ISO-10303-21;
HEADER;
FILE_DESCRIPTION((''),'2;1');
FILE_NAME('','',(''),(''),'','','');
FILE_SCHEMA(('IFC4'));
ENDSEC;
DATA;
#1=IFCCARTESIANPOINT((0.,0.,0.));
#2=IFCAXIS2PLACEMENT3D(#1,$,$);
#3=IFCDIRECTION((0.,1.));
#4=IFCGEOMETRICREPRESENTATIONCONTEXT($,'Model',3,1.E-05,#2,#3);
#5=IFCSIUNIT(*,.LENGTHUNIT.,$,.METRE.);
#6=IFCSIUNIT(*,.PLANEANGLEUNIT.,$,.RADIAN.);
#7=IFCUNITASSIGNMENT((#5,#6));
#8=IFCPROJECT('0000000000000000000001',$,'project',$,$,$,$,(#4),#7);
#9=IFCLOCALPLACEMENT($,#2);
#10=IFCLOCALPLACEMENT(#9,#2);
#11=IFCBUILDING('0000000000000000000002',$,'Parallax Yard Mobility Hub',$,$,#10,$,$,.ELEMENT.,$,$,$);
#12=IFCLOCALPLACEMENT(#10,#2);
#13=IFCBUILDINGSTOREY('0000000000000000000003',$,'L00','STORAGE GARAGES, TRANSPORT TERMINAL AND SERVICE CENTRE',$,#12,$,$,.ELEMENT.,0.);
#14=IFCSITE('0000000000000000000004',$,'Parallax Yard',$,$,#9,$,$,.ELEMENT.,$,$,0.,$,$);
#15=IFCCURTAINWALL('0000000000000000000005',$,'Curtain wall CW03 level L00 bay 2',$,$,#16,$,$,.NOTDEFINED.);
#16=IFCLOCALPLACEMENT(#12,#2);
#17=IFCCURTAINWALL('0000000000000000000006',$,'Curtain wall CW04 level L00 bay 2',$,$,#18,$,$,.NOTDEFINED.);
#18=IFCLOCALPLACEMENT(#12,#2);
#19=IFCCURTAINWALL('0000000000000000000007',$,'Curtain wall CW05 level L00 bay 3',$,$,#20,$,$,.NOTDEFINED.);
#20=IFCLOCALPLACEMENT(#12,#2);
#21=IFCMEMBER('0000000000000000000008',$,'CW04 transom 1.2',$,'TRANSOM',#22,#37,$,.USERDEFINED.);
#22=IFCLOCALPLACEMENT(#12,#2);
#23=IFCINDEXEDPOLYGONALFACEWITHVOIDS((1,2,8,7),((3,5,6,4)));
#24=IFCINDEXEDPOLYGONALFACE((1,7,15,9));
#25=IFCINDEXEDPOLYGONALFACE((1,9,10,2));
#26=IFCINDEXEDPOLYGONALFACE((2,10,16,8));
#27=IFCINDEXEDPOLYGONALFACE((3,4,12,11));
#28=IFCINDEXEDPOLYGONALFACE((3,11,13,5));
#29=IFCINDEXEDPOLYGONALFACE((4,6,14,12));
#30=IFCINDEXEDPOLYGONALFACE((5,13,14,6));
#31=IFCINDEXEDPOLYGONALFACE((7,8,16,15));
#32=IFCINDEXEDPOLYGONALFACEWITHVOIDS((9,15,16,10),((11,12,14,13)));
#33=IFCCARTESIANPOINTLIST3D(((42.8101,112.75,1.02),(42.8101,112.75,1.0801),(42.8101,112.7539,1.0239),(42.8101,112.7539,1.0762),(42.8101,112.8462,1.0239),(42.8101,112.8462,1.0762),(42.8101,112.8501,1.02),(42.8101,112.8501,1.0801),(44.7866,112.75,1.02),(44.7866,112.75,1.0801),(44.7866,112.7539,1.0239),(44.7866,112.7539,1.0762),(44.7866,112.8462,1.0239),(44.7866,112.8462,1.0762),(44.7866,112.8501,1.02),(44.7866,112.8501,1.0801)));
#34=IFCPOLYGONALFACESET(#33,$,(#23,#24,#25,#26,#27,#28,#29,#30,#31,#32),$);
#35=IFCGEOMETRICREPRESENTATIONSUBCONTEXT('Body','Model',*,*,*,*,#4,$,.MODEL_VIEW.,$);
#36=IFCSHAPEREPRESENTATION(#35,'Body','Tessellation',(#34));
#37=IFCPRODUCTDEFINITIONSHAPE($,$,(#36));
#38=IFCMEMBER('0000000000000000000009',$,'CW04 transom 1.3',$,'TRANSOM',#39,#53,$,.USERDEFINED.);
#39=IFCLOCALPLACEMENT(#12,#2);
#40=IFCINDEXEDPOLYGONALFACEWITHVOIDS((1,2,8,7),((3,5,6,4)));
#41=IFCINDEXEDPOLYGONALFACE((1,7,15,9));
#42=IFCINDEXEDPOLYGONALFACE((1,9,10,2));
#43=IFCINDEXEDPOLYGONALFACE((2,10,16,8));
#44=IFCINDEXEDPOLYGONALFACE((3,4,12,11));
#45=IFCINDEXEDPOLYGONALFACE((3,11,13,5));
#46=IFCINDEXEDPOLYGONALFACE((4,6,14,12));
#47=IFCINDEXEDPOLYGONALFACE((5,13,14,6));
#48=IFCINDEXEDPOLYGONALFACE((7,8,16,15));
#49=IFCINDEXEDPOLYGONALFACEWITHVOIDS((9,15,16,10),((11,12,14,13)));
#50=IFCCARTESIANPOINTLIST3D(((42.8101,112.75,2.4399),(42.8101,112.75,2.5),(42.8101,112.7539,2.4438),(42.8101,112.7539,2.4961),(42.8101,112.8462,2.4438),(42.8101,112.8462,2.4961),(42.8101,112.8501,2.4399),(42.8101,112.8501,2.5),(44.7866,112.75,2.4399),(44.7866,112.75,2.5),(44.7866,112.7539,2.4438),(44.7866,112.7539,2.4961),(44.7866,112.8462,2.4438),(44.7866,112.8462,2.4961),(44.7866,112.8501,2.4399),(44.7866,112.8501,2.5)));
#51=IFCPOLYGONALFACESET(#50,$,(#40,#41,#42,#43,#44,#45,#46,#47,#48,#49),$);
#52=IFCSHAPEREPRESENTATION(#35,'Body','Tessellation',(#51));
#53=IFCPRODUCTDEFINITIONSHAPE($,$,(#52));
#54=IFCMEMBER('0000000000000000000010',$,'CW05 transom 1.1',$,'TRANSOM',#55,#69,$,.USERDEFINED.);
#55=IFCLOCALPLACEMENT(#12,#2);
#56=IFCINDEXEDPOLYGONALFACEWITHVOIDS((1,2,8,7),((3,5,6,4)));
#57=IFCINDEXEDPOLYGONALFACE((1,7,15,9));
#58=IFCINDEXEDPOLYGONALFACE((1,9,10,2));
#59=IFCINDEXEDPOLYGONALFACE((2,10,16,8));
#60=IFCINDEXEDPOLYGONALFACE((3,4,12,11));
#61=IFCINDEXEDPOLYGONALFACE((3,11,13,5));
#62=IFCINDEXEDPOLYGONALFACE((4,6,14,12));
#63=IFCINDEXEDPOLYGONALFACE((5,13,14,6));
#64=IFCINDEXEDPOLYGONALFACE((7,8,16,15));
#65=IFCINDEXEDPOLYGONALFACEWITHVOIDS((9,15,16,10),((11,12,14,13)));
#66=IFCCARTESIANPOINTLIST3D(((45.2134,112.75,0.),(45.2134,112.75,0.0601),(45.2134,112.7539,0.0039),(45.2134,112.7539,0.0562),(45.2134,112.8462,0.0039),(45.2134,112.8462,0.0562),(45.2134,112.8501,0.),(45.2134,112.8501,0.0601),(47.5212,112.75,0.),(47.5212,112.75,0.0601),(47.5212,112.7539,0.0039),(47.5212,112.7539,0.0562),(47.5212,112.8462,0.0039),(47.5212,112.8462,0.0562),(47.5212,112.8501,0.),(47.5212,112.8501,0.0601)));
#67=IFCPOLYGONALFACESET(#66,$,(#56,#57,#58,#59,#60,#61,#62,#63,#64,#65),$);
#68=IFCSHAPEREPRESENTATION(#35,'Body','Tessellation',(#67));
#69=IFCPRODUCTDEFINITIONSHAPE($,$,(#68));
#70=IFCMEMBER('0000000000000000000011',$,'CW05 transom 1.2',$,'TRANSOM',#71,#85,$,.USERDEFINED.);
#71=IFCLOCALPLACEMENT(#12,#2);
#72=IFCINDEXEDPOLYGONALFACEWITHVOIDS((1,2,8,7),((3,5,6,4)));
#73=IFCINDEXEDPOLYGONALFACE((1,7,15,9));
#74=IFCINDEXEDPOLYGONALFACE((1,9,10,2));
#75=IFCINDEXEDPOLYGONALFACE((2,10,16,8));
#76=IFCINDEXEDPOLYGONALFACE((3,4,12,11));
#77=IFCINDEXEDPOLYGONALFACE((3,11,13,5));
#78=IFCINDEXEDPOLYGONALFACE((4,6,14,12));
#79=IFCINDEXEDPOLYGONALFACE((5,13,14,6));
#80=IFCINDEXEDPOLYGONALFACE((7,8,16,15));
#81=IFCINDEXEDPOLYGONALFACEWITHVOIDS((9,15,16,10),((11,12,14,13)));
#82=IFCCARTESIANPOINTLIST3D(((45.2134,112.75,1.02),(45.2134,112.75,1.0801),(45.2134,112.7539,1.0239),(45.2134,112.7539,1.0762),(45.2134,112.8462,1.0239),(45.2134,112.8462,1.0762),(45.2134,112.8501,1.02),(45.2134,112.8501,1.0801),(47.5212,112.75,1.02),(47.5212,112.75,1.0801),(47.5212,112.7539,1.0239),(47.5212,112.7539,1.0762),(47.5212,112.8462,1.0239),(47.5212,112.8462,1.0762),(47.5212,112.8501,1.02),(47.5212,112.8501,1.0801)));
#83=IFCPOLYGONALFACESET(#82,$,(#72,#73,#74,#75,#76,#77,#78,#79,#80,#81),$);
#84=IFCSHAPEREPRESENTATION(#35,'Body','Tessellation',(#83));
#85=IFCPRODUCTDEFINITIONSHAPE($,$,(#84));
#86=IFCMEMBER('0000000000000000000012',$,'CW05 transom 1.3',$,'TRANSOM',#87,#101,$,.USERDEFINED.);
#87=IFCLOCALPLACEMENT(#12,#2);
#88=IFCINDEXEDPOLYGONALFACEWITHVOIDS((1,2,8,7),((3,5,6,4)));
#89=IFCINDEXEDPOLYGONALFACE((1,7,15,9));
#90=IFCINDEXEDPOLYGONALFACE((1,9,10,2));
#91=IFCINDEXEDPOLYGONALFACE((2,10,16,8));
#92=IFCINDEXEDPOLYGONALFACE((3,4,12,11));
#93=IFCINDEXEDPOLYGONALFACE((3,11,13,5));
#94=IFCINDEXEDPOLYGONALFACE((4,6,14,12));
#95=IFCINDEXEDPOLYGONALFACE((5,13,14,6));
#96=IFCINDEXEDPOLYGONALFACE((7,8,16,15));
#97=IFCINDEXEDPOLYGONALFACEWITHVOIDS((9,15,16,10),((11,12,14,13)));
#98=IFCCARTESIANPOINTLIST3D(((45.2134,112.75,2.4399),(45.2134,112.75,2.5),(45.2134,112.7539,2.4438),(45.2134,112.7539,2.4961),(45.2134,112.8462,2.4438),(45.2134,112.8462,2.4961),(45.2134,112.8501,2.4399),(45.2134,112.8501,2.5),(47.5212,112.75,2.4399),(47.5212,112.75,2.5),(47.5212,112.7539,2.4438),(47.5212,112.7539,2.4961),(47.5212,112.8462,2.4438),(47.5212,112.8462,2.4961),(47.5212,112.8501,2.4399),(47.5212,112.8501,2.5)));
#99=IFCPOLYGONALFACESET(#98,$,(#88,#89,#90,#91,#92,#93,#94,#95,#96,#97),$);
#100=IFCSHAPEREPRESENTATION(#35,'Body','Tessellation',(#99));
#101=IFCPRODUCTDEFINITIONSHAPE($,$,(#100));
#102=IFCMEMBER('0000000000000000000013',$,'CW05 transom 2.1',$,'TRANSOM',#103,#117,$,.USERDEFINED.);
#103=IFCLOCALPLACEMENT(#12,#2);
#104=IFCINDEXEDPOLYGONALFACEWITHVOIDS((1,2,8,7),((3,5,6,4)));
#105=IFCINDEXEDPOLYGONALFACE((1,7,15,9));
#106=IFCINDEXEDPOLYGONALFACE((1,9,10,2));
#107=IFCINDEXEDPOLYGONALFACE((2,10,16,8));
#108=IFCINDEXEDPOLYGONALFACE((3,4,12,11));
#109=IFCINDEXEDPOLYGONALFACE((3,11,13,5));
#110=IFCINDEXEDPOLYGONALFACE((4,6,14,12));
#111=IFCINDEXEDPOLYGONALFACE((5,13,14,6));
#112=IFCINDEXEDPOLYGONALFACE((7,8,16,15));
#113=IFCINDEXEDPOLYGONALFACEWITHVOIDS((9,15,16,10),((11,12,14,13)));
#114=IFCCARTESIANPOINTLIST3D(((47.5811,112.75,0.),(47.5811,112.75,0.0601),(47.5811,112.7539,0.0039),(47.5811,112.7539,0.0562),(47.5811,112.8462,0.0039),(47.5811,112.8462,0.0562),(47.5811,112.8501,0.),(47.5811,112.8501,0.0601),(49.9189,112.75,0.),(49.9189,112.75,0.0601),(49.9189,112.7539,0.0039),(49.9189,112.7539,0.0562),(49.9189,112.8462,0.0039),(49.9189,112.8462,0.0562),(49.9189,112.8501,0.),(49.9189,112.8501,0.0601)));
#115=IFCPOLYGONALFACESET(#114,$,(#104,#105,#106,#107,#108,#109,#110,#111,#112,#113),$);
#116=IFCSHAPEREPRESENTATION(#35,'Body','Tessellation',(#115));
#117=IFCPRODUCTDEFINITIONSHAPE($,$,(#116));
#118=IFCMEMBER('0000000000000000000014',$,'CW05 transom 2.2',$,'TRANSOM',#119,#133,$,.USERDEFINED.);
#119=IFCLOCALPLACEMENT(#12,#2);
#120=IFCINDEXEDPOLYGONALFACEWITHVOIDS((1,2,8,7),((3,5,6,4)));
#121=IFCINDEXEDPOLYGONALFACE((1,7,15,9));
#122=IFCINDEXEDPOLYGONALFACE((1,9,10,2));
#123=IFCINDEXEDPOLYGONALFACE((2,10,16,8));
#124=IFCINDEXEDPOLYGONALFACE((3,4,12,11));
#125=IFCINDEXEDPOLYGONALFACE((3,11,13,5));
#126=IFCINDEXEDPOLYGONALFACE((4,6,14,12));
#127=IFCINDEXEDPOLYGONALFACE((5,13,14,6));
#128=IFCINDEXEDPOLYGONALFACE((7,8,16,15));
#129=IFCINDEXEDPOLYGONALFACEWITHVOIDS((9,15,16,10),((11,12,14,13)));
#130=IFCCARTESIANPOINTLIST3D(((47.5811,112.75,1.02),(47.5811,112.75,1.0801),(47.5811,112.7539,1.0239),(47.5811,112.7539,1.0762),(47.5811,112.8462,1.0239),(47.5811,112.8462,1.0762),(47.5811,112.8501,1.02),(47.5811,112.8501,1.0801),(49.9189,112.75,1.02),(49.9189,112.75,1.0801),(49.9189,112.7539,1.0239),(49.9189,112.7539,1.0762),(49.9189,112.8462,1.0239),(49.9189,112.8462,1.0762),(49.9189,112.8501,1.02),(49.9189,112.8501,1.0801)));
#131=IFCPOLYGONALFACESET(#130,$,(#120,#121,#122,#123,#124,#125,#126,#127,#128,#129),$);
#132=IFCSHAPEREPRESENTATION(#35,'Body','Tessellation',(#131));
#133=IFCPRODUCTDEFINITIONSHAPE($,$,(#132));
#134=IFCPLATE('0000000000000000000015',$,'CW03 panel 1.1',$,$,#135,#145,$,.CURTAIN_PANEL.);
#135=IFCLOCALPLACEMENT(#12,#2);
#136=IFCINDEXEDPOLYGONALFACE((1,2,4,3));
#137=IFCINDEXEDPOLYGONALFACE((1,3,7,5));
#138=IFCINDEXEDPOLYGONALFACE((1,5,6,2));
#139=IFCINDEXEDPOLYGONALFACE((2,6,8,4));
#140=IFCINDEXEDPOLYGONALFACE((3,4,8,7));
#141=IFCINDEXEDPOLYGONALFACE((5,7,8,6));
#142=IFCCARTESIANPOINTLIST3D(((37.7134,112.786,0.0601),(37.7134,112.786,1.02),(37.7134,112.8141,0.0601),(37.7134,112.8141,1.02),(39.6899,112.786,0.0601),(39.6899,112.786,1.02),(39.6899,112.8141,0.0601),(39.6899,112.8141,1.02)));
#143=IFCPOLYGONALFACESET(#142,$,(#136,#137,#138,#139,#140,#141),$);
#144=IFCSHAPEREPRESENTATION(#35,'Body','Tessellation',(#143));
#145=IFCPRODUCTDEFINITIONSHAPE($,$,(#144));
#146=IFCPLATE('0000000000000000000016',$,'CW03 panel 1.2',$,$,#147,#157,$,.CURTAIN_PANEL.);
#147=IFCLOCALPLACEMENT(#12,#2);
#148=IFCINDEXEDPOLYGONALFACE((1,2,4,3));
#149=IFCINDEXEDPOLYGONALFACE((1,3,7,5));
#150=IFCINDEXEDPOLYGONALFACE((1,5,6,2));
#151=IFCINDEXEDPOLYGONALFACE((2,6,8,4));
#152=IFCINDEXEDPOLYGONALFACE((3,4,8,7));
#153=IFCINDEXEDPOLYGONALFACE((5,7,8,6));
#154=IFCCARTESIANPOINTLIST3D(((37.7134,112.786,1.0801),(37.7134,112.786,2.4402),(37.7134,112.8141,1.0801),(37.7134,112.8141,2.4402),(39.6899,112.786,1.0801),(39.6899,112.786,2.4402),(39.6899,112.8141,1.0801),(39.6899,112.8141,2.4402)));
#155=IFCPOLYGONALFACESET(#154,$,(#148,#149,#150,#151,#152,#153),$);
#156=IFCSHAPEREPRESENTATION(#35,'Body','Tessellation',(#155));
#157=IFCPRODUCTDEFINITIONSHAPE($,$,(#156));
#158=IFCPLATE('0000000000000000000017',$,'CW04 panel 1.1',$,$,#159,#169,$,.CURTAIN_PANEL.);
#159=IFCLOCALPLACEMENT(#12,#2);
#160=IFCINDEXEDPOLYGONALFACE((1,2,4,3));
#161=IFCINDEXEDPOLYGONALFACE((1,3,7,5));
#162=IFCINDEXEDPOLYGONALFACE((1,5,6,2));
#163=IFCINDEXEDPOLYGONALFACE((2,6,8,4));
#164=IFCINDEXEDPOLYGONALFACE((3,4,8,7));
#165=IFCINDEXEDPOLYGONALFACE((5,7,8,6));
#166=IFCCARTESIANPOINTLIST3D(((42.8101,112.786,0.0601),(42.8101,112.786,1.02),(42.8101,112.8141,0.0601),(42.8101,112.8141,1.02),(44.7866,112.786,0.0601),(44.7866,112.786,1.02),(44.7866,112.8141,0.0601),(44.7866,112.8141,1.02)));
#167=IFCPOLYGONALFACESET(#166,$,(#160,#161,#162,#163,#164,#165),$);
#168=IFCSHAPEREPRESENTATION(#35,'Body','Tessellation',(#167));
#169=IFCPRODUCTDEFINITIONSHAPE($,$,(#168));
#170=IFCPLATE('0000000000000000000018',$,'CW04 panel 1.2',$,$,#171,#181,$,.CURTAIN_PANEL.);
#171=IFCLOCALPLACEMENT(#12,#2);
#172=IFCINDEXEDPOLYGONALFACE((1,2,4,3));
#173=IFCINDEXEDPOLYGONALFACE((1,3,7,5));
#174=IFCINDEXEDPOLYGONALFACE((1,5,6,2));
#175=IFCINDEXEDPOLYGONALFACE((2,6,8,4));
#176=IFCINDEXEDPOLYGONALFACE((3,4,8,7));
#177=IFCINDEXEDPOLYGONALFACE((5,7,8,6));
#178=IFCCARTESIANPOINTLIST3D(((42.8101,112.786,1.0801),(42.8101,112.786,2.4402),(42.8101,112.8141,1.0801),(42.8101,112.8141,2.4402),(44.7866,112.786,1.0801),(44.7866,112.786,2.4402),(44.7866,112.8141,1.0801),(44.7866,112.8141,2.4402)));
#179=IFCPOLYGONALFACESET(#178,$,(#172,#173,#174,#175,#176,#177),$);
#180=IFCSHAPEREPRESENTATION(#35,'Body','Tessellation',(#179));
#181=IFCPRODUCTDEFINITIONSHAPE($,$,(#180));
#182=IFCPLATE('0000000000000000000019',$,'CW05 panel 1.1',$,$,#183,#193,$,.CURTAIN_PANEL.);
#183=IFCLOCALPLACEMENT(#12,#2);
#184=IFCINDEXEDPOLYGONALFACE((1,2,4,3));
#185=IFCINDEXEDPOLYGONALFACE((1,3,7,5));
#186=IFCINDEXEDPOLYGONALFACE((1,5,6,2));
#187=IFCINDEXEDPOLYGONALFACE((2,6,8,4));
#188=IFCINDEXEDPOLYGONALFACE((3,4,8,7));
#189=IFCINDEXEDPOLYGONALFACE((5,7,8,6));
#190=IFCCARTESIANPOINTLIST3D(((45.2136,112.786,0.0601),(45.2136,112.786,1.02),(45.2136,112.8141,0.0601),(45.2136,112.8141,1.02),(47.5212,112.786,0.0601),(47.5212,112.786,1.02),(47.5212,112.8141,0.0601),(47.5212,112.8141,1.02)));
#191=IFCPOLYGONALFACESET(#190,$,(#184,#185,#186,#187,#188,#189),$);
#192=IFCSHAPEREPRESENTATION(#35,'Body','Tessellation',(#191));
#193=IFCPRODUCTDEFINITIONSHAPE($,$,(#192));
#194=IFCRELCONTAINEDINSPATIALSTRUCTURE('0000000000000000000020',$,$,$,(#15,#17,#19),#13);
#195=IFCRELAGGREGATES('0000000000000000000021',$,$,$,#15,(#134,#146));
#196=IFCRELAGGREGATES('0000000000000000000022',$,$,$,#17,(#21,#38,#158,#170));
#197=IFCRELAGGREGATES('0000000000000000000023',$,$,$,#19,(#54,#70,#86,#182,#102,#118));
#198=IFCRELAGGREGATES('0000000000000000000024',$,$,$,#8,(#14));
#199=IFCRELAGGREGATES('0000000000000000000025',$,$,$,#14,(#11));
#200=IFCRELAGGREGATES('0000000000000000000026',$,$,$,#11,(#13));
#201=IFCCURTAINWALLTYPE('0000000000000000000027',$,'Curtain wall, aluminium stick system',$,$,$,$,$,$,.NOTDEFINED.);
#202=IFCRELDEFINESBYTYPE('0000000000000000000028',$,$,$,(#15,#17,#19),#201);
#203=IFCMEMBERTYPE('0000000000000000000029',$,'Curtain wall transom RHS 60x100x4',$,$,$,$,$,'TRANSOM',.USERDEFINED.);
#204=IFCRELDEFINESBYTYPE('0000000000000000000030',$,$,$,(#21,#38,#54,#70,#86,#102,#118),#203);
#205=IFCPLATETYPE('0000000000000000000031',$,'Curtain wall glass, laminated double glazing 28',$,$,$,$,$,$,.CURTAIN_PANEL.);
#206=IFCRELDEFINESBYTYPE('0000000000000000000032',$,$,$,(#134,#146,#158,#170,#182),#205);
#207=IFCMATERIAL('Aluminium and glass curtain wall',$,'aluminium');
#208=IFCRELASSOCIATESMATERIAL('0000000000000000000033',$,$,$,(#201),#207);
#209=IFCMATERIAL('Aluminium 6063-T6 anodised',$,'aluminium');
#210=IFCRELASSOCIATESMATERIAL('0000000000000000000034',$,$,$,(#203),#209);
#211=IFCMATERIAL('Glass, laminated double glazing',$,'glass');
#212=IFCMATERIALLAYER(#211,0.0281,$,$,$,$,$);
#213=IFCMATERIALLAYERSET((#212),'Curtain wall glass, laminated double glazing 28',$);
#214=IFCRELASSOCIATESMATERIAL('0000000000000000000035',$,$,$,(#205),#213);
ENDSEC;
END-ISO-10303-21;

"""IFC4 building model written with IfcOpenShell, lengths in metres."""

from ifc_helpers import new_model, si_unit, direction, frame, origin, origin_2d, place, context, subcontext, project, spatial, rectangle, hollow_rectangle, extrude, material, layer, layer_set, material_profile, profile_set, type_object, element, aggregate, save


model = new_model("IFC4")

# Units and contexts
model_context = context("Model", 3, precision=1e-05, world=origin(), true_north=direction((0.0, 1.0)))
body_context = subcontext(model_context, "Body", "Model", "MODEL_VIEW")
ifc_project = project(units=[si_unit("LENGTHUNIT", "METRE"), si_unit("PLANEANGLEUNIT", "RADIAN")], contexts=[model_context])

# Site, building, storey
site_placement = place(None, origin())
site = spatial("IfcSite", under=ifc_project, at=site_placement, Name="Parallax Yard", CompositionType="ELEMENT", RefElevation=0.0)
building_placement = place(site_placement, origin())
building = spatial("IfcBuilding", under=site, at=building_placement, Name="Parallax Yard Mobility Hub", CompositionType="ELEMENT")
storey_placement = place(building_placement, origin())
storey = spatial("IfcBuildingStorey", under=building, at=storey_placement, Name="L00", Description="STORAGE GARAGES, TRANSPORT TERMINAL AND SERVICE CENTRE", CompositionType="ELEMENT", Elevation=0.0)

# Curtain wall
ifc_material_1 = material(Name="Aluminium and glass curtain wall", Category="aluminium")
curtain_wall_type = type_object("IfcCurtainWallType", Name="Curtain wall, aluminium stick system", PredefinedType="NOTDEFINED", material=ifc_material_1)
curtain_wall_1_placement = place(storey_placement, origin())
curtain_wall_1 = element("IfcCurtainWall", 1, at=curtain_wall_1_placement, inside=storey, type_object=curtain_wall_type, Name="Curtain wall CW03 level L00 bay 2", PredefinedType="NOTDEFINED")
ifc_material_2 = material(Name="Aluminium 6063-T6 anodised", Category="aluminium")

# Curtain walls
curtain_wall_2_placement = place(storey_placement, origin())
curtain_wall_2 = element("IfcCurtainWall", 2, at=curtain_wall_2_placement, inside=storey, type_object=curtain_wall_type, Name="Curtain wall CW04 level L00 bay 2", PredefinedType="NOTDEFINED")
curtain_wall_3_placement = place(storey_placement, origin())
curtain_wall_3 = element("IfcCurtainWall", 3, at=curtain_wall_3_placement, inside=storey, type_object=curtain_wall_type, Name="Curtain wall CW05 level L00 bay 3", PredefinedType="NOTDEFINED")

# Members
ifc_material_profile_1 = material_profile(ifc_material_2, hollow_rectangle(XDim=0.1001, YDim=0.0601, WallThickness=0.0039, at=origin_2d()), Name="RHS 60x100x4")
ifc_profile_set_1 = profile_set([ifc_material_profile_1], Name="Aluminium 6063-T6 anodised")
member_type_1 = type_object("IfcMemberType", Name="Curtain wall transom RHS 60x100x4", ElementType="TRANSOM", PredefinedType="USERDEFINED", material=ifc_profile_set_1)
member_1_placement = place(storey_placement, frame((42.8101, 112.8, 1.05), z_axis=(1.0, 0.0, 0.0), x_axis=(0.0, 1.0, 0.0)))
member_1 = element("IfcMember", 4, at=member_1_placement, type_object=member_type_1, Name="CW04 transom 1.2", ObjectType="TRANSOM", PredefinedType="USERDEFINED", context=body_context, shape_type="SweptSolid", body=[
    extrude(hollow_rectangle(XDim=0.1001, YDim=0.0601, WallThickness=0.0039, at=origin_2d()), origin(), (0.0, 0.0, 1.0), 1.9766),
])
member_2_placement = place(storey_placement, frame((42.8101, 112.8, 2.47), z_axis=(1.0, 0.0, 0.0), x_axis=(0.0, 1.0, 0.0)))
member_2 = element("IfcMember", 5, at=member_2_placement, type_object=member_type_1, Name="CW04 transom 1.3", ObjectType="TRANSOM", PredefinedType="USERDEFINED", context=body_context, shape_type="SweptSolid", body=[
    extrude(hollow_rectangle(XDim=0.1001, YDim=0.0601, WallThickness=0.0039, at=origin_2d()), origin(), (0.0, 0.0, 1.0), 1.9766),
])
member_3_placement = place(storey_placement, frame((45.2134, 112.8, 0.03), z_axis=(1.0, 0.0, 0.0), x_axis=(0.0, 1.0, 0.0)))
member_3 = element("IfcMember", 6, at=member_3_placement, type_object=member_type_1, Name="CW05 transom 1.1", ObjectType="TRANSOM", PredefinedType="USERDEFINED", context=body_context, shape_type="SweptSolid", body=[
    extrude(hollow_rectangle(XDim=0.1001, YDim=0.0601, WallThickness=0.0039, at=origin_2d()), origin(), (0.0, 0.0, 1.0), 2.3079),
])
member_4_placement = place(storey_placement, frame((45.2134, 112.8, 1.05), z_axis=(1.0, 0.0, 0.0), x_axis=(0.0, 1.0, 0.0)))
member_4 = element("IfcMember", 7, at=member_4_placement, type_object=member_type_1, Name="CW05 transom 1.2", ObjectType="TRANSOM", PredefinedType="USERDEFINED", context=body_context, shape_type="SweptSolid", body=[
    extrude(hollow_rectangle(XDim=0.1001, YDim=0.0601, WallThickness=0.0039, at=origin_2d()), origin(), (0.0, 0.0, 1.0), 2.3079),
])
member_5_placement = place(storey_placement, frame((45.2134, 112.8, 2.47), z_axis=(1.0, 0.0, 0.0), x_axis=(0.0, 1.0, 0.0)))
member_5 = element("IfcMember", 8, at=member_5_placement, type_object=member_type_1, Name="CW05 transom 1.3", ObjectType="TRANSOM", PredefinedType="USERDEFINED", context=body_context, shape_type="SweptSolid", body=[
    extrude(hollow_rectangle(XDim=0.1001, YDim=0.0601, WallThickness=0.0039, at=origin_2d()), origin(), (0.0, 0.0, 1.0), 2.3079),
])
member_6_placement = place(storey_placement, frame((47.5811, 112.8, 0.03), z_axis=(1.0, 0.0, 0.0), x_axis=(0.0, 1.0, 0.0)))
member_6 = element("IfcMember", 9, at=member_6_placement, type_object=member_type_1, Name="CW05 transom 2.1", ObjectType="TRANSOM", PredefinedType="USERDEFINED", context=body_context, shape_type="SweptSolid", body=[
    extrude(hollow_rectangle(XDim=0.1001, YDim=0.0601, WallThickness=0.0039, at=origin_2d()), origin(), (0.0, 0.0, 1.0), 2.3379),
])
member_7_placement = place(storey_placement, frame((47.5811, 112.8, 1.05), z_axis=(1.0, 0.0, 0.0), x_axis=(0.0, 1.0, 0.0)))
member_7 = element("IfcMember", 10, at=member_7_placement, type_object=member_type_1, Name="CW05 transom 2.2", ObjectType="TRANSOM", PredefinedType="USERDEFINED", context=body_context, shape_type="SweptSolid", body=[
    extrude(hollow_rectangle(XDim=0.1001, YDim=0.0601, WallThickness=0.0039, at=origin_2d()), origin(), (0.0, 0.0, 1.0), 2.3379),
])

# Plates
ifc_material_3 = material(Name="Glass, laminated double glazing", Category="glass")
ifc_layer_1 = layer(ifc_material_3, 0.0281)
ifc_layer_set_1 = layer_set([ifc_layer_1], Name="Curtain wall glass, laminated double glazing 28")
plate_type = type_object("IfcPlateType", Name="Curtain wall glass, laminated double glazing 28", PredefinedType="CURTAIN_PANEL", material=ifc_layer_set_1)
plate_1_placement = place(storey_placement, frame((38.7017, 112.8, 0.0601), z_axis=(0.0, 0.0, 1.0), x_axis=(1.0, 0.0, 0.0)))
plate_1 = element("IfcPlate", 11, at=plate_1_placement, type_object=plate_type, Name="CW03 panel 1.1", PredefinedType="CURTAIN_PANEL", context=body_context, shape_type="SweptSolid", body=[
    extrude(rectangle(XDim=1.9766, YDim=0.0281, at=origin_2d()), origin(), (0.0, 0.0, 1.0), 0.96),
])
plate_2_placement = place(storey_placement, frame((38.7017, 112.8, 1.0801), z_axis=(0.0, 0.0, 1.0), x_axis=(1.0, 0.0, 0.0)))
plate_2 = element("IfcPlate", 12, at=plate_2_placement, type_object=plate_type, Name="CW03 panel 1.2", PredefinedType="CURTAIN_PANEL", context=body_context, shape_type="SweptSolid", body=[
    extrude(rectangle(XDim=1.9766, YDim=0.0281, at=origin_2d()), origin(), (0.0, 0.0, 1.0), 1.3601),
])
aggregate(curtain_wall_1, [plate_1, plate_2])
plate_3_placement = place(storey_placement, frame((43.7983, 112.8, 0.0601), z_axis=(0.0, 0.0, 1.0), x_axis=(1.0, 0.0, 0.0)))
plate_3 = element("IfcPlate", 13, at=plate_3_placement, type_object=plate_type, Name="CW04 panel 1.1", PredefinedType="CURTAIN_PANEL", context=body_context, shape_type="SweptSolid", body=[
    extrude(rectangle(XDim=1.9766, YDim=0.0281, at=origin_2d()), origin(), (0.0, 0.0, 1.0), 0.96),
])
plate_4_placement = place(storey_placement, frame((43.7983, 112.8, 1.0801), z_axis=(0.0, 0.0, 1.0), x_axis=(1.0, 0.0, 0.0)))
plate_4 = element("IfcPlate", 14, at=plate_4_placement, type_object=plate_type, Name="CW04 panel 1.2", PredefinedType="CURTAIN_PANEL", context=body_context, shape_type="SweptSolid", body=[
    extrude(rectangle(XDim=1.9766, YDim=0.0281, at=origin_2d()), origin(), (0.0, 0.0, 1.0), 1.3601),
])
aggregate(curtain_wall_2, [member_1, member_2, plate_3, plate_4])
plate_5_placement = place(storey_placement, frame((46.3674, 112.8, 0.0601), z_axis=(0.0, 0.0, 1.0), x_axis=(1.0, 0.0, 0.0)))
plate_5 = element("IfcPlate", 15, at=plate_5_placement, type_object=plate_type, Name="CW05 panel 1.1", PredefinedType="CURTAIN_PANEL", context=body_context, shape_type="SweptSolid", body=[
    extrude(rectangle(XDim=2.3076, YDim=0.0281, at=origin_2d()), origin(), (0.0, 0.0, 1.0), 0.96),
])
aggregate(curtain_wall_3, [member_3, member_4, member_5, plate_5, member_6, member_7])

save(model, "model.ifc")
